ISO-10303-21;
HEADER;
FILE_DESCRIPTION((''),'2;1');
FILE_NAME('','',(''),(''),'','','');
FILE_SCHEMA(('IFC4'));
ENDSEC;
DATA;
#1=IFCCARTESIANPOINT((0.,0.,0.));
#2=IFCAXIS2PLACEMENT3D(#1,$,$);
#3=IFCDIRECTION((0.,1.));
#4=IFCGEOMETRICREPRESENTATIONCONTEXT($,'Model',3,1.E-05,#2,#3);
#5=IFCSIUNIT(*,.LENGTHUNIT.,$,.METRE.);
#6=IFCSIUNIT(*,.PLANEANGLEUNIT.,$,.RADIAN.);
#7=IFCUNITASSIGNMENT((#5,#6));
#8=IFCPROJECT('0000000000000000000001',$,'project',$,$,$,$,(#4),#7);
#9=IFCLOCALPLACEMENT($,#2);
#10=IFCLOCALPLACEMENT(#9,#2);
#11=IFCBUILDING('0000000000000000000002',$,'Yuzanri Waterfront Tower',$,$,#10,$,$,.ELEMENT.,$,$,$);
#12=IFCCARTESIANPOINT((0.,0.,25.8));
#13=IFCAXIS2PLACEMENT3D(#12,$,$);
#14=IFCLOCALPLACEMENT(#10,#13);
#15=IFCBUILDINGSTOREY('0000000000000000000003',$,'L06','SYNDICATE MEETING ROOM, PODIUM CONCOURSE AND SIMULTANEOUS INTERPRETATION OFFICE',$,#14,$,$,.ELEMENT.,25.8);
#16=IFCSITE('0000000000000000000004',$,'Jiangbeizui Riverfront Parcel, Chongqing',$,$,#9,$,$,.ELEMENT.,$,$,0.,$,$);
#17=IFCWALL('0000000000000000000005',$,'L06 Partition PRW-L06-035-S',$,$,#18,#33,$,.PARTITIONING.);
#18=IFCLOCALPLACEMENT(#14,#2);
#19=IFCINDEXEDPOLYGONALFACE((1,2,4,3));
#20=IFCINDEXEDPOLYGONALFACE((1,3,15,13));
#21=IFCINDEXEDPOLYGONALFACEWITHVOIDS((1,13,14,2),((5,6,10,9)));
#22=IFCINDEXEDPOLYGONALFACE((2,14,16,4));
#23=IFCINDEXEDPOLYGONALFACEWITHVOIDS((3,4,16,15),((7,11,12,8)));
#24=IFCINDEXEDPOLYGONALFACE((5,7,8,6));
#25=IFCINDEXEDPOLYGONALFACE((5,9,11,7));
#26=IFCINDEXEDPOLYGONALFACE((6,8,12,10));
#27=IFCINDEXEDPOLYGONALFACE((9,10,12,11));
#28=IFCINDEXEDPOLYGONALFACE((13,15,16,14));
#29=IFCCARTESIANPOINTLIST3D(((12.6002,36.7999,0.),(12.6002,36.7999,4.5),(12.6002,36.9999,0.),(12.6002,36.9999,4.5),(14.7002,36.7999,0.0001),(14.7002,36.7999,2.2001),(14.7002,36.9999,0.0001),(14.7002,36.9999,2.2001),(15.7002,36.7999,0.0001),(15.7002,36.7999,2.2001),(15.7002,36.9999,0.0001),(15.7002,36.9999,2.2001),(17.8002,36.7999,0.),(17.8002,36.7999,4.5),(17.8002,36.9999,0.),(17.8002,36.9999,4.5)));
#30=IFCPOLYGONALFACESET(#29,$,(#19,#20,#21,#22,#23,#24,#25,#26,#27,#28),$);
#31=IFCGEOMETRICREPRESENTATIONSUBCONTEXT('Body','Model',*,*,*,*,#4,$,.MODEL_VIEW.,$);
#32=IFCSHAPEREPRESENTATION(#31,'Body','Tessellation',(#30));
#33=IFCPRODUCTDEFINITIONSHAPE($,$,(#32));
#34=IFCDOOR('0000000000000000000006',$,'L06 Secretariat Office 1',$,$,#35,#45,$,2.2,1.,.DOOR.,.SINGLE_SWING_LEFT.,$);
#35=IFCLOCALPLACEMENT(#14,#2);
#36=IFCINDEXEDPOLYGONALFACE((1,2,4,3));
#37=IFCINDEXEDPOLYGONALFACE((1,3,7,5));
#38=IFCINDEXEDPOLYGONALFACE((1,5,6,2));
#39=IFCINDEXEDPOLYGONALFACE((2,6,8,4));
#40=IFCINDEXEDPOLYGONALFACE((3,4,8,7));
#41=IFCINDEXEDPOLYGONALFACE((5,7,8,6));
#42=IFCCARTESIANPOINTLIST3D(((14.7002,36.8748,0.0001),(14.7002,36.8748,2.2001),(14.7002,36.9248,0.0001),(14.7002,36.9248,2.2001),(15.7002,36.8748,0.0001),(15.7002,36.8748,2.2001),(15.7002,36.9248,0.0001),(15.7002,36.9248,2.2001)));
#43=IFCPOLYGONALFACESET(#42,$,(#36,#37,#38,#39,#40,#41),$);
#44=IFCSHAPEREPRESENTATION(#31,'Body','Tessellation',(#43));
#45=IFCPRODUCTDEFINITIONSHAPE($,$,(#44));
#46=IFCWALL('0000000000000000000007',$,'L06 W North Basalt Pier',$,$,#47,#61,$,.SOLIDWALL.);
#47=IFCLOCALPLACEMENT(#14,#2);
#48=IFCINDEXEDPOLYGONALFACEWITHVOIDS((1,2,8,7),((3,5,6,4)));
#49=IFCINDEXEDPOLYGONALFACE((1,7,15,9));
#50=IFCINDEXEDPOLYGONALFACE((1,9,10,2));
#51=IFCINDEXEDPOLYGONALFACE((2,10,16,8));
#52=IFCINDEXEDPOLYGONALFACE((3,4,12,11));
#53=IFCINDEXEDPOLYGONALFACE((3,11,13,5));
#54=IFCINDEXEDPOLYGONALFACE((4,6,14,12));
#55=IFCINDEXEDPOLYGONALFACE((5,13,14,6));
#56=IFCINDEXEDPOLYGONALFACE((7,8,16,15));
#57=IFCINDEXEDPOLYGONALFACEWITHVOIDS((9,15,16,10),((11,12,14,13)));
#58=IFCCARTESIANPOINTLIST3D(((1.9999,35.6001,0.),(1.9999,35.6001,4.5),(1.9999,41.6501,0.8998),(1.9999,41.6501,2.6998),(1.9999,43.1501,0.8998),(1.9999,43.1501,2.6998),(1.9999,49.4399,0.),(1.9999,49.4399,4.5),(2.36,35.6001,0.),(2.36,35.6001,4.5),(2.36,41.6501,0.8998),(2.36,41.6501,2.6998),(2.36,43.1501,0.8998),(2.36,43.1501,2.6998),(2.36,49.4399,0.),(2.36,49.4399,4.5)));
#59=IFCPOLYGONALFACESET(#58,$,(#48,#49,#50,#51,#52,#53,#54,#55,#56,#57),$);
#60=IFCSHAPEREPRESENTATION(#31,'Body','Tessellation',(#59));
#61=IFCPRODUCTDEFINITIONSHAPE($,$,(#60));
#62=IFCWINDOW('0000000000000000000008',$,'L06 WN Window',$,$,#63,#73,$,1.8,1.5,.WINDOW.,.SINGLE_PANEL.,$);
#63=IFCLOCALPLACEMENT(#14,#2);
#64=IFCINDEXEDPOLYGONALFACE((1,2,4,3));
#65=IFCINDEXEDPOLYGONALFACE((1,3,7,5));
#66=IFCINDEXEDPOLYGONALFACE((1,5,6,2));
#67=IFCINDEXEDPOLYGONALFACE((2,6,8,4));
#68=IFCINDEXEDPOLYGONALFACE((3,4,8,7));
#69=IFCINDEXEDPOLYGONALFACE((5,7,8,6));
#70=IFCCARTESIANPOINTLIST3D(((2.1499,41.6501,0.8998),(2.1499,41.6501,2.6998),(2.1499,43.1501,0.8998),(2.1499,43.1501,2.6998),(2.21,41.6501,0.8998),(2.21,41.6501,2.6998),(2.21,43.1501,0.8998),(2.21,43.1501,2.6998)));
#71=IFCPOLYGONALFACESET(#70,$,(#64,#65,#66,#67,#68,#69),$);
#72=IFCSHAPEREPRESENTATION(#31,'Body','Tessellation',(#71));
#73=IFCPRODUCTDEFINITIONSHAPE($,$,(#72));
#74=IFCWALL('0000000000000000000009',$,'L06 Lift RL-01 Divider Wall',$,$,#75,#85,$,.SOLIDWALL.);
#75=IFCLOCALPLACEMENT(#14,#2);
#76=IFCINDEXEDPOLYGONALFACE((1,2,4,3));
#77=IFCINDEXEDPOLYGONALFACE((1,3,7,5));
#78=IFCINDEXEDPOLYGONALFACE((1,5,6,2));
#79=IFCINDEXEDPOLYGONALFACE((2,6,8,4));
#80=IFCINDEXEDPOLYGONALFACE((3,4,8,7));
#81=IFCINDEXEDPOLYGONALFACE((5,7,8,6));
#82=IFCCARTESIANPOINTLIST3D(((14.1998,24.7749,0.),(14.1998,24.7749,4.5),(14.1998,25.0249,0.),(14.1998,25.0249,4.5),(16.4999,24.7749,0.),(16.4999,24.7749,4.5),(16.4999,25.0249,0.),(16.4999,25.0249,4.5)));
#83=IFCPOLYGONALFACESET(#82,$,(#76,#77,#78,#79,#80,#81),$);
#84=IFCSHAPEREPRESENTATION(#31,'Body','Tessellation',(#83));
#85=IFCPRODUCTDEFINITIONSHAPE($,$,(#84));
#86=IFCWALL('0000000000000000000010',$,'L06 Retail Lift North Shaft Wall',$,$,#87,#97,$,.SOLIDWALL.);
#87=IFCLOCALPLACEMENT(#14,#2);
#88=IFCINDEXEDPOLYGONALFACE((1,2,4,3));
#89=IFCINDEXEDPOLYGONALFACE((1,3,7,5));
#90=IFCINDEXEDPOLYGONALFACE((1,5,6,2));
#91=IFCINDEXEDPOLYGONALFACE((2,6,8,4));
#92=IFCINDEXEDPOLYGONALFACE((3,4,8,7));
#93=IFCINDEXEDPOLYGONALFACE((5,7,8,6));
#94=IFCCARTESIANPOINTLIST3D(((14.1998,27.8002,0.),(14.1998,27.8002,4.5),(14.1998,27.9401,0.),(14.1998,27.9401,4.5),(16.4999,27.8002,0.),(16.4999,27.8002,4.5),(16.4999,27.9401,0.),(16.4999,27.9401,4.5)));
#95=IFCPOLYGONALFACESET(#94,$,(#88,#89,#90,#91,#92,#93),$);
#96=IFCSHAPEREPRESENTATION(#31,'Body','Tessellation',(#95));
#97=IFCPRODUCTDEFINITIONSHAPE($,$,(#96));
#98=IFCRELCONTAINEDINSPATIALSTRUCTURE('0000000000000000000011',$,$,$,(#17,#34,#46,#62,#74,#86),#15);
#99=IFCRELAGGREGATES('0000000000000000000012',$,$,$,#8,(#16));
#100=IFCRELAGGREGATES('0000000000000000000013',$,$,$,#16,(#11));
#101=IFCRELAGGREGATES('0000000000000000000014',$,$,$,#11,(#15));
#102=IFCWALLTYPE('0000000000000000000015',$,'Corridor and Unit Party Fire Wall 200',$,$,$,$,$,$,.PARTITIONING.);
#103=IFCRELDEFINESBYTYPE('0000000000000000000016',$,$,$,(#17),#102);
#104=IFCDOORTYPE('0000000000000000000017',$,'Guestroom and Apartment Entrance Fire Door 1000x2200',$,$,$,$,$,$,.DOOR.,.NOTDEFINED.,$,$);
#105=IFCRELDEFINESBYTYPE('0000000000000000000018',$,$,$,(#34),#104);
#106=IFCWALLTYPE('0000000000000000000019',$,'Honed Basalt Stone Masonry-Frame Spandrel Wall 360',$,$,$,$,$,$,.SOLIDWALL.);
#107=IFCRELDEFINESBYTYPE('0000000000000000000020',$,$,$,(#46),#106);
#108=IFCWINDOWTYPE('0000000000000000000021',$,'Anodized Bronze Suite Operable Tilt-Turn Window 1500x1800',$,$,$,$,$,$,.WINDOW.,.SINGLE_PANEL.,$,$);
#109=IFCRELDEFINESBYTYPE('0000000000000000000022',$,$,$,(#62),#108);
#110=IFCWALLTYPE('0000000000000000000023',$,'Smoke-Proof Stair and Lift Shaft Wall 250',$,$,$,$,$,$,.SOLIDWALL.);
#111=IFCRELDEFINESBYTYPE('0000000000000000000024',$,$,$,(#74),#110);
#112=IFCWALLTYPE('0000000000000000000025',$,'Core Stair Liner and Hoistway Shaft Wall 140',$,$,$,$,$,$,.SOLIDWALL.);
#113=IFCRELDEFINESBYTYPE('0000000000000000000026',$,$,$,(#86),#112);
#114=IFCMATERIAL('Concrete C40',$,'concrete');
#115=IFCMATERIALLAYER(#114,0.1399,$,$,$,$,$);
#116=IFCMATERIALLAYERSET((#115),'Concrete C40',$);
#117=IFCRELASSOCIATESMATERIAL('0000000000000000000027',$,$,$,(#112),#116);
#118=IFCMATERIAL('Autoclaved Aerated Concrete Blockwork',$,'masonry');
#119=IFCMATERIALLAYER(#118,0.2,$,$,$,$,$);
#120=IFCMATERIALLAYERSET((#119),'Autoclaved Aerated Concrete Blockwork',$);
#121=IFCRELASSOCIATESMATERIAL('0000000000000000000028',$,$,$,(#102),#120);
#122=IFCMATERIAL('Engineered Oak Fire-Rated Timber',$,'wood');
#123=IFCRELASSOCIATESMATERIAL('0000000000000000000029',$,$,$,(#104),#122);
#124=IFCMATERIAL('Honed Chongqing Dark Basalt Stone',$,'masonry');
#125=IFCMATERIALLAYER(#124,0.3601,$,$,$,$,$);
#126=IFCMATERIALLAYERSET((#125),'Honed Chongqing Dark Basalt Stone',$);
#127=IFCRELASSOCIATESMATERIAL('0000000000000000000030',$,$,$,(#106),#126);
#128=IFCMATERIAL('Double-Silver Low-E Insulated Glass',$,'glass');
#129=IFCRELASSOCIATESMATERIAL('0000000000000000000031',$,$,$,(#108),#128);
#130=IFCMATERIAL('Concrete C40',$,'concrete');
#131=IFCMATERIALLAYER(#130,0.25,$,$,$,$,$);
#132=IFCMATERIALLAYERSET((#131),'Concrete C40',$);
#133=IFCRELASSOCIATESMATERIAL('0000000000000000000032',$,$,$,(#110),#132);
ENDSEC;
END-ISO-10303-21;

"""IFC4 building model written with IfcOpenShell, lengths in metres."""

from ifc_helpers import new_model, si_unit, direction, frame, frame_2d, origin, place, context, subcontext, project, spatial, rectangle, extrude, source, transform, mapped, material, layer, layer_set, type_object, element, fill, save


model = new_model("IFC4")

# Units and contexts
model_context = context("Model", 3, precision=1e-05, world=origin(), true_north=direction((0.0, 1.0)))
body_context = subcontext(model_context, "Body", "Model", "MODEL_VIEW")
ifc_project = project(units=[si_unit("LENGTHUNIT", "METRE"), si_unit("PLANEANGLEUNIT", "RADIAN")], contexts=[model_context])

# Site, building, storey
site_placement = place(None, origin())
site = spatial("IfcSite", under=ifc_project, at=site_placement, Name="Jiangbeizui Riverfront Parcel, Chongqing", CompositionType="ELEMENT", RefElevation=0.0)
building_placement = place(site_placement, origin())
building = spatial("IfcBuilding", under=site, at=building_placement, Name="Yuzanri Waterfront Tower", CompositionType="ELEMENT")
storey_placement = place(building_placement, frame((0.0, 0.0, 25.8)))
storey = spatial("IfcBuildingStorey", under=building, at=storey_placement, Name="L06", Description="SYNDICATE MEETING ROOM, PODIUM CONCOURSE AND SIMULTANEOUS INTERPRETATION OFFICE", CompositionType="ELEMENT", Elevation=25.8)

# Wall, opening, door
ifc_material_1 = material(Name="Concrete C40", Category="concrete")
ifc_layer_1 = layer(ifc_material_1, 0.1399)
ifc_layer_set_1 = layer_set([ifc_layer_1], Name="Concrete C40")
wall_type_1 = type_object("IfcWallType", Name="Core Stair Liner and Hoistway Shaft Wall 140", PredefinedType="SOLIDWALL", material=ifc_layer_set_1)
ifc_material_2 = material(Name="Autoclaved Aerated Concrete Blockwork", Category="masonry")
ifc_layer_2 = layer(ifc_material_2, 0.2)
ifc_layer_set_2 = layer_set([ifc_layer_2], Name="Autoclaved Aerated Concrete Blockwork")
wall_type_2 = type_object("IfcWallType", Name="Corridor and Unit Party Fire Wall 200", PredefinedType="PARTITIONING", material=ifc_layer_set_2)
ifc_material_3 = material(Name="Engineered Oak Fire-Rated Timber", Category="wood")
door_type_1 = type_object("IfcDoorType", Name="Guestroom and Apartment Entrance Fire Door 1000x2200", OperationType="NOTDEFINED", PredefinedType="DOOR", material=ifc_material_3)
shared_shape_1 = source(origin(), body_context, "Body", "SweptSolid", [
    extrude(rectangle(XDim=1.0, YDim=2.2, at=frame_2d((0.5, 1.1001))), frame((0.0, 0.0249, 0.0), z_axis=(0.0, -1.0, 0.0), x_axis=(1.0, 0.0, 0.0)), (0.0, 0.0, 1.0), 0.05),
])
wall_1_placement = place(storey_placement, frame((12.6001, 36.8999, 0.0), z_axis=(0.0, 0.0, 1.0), x_axis=(1.0, 0.0, 0.0)))
wall_1 = element("IfcWall", 1, at=wall_1_placement, inside=storey, type_object=wall_type_2, Name="L06 Partition PRW-L06-035-S", PredefinedType="PARTITIONING", context=body_context, shape_type="SweptSolid", body=[
    extrude(rectangle(XDim=5.2, YDim=0.2, at=frame_2d((2.6001, 0.0))), origin(), (0.0, 0.0, 1.0), 4.5),
])
opening_1_placement = place(wall_1_placement, frame((2.1001, 0.0, 0.0)))
opening_1 = element("IfcOpeningElement", 2, at=opening_1_placement, cuts=wall_1, PredefinedType="OPENING", context=body_context, shape_type="SweptSolid", body=[
    extrude(rectangle(XDim=1.0, YDim=2.2, at=frame_2d((0.5, 1.1001))), frame((0.0, 0.1147, 0.0), z_axis=(0.0, -1.0, 0.0), x_axis=(1.0, 0.0, 0.0)), (0.0, 0.0, 1.0), 0.2297),
])
door_1_placement = place(opening_1_placement, origin())
door_1 = element("IfcDoor", 3, at=door_1_placement, inside=storey, type_object=door_type_1, Name="L06 Secretariat Office 1", OperationType="SINGLE_SWING_LEFT", OverallHeight=2.2, OverallWidth=1.0, PredefinedType="DOOR", context=body_context, shape_type="MappedRepresentation", body=[
    mapped(shared_shape_1, transform((0.0, 0.0, 0.0), scale=1.0)),
])
fill(opening_1, door_1)

# Wall, opening, window
ifc_material_4 = material(Name="Honed Chongqing Dark Basalt Stone", Category="masonry")
ifc_layer_3 = layer(ifc_material_4, 0.3601)
ifc_layer_set_3 = layer_set([ifc_layer_3], Name="Honed Chongqing Dark Basalt Stone")
wall_type_3 = type_object("IfcWallType", Name="Honed Basalt Stone Masonry-Frame Spandrel Wall 360", PredefinedType="SOLIDWALL", material=ifc_layer_set_3)
wall_2_placement = place(storey_placement, frame((2.1799, 35.6001, 0.0), z_axis=(0.0, 0.0, 1.0), x_axis=(0.0, 1.0, 0.0)))
wall_2 = element("IfcWall", 4, at=wall_2_placement, inside=storey, type_object=wall_type_3, Name="L06 W North Basalt Pier", PredefinedType="SOLIDWALL", context=body_context, shape_type="SweptSolid", body=[
    extrude(rectangle(XDim=13.8398, YDim=0.3601, at=frame_2d((6.9199, 0.0))), origin(), (0.0, 0.0, 1.0), 4.5),
])
opening_2_placement = place(wall_2_placement, frame((6.05, 0.0, 0.8999)))
opening_2 = element("IfcOpeningElement", 5, at=opening_2_placement, cuts=wall_2, PredefinedType="OPENING", context=body_context, shape_type="SweptSolid", body=[
    extrude(rectangle(XDim=1.5, YDim=1.8, at=frame_2d((0.75, 0.8999))), frame((0.0, 0.1948, 0.0), z_axis=(0.0, -1.0, 0.0), x_axis=(1.0, 0.0, 0.0)), (0.0, 0.0, 1.0), 0.3899),
])
ifc_material_5 = material(Name="Double-Silver Low-E Insulated Glass", Category="glass")
window_type = type_object("IfcWindowType", Name="Anodized Bronze Suite Operable Tilt-Turn Window 1500x1800", PartitioningType="SINGLE_PANEL", PredefinedType="WINDOW", material=ifc_material_5)
shared_shape_2 = source(origin(), body_context, "Body", "SweptSolid", [
    extrude(rectangle(XDim=1.5, YDim=1.8, at=frame_2d((0.75, 0.8999))), frame((0.0, 0.03, 0.0), z_axis=(0.0, -1.0, 0.0), x_axis=(1.0, 0.0, 0.0)), (0.0, 0.0, 1.0), 0.0601),
])
window_placement = place(opening_2_placement, origin())
window = element("IfcWindow", 6, at=window_placement, inside=storey, type_object=window_type, Name="L06 WN Window", OverallHeight=1.8, OverallWidth=1.5, PartitioningType="SINGLE_PANEL", PredefinedType="WINDOW", context=body_context, shape_type="MappedRepresentation", body=[
    mapped(shared_shape_2, transform((0.0, 0.0, 0.0), scale=1.0)),
])
fill(opening_2, window)

# Walls
ifc_material_6 = material(Name="Concrete C40", Category="concrete")
ifc_layer_4 = layer(ifc_material_6, 0.25)
ifc_layer_set_4 = layer_set([ifc_layer_4], Name="Concrete C40")
wall_type_4 = type_object("IfcWallType", Name="Smoke-Proof Stair and Lift Shaft Wall 250", PredefinedType="SOLIDWALL", material=ifc_layer_set_4)
shared_shape_3 = source(origin(), body_context, "Body", "SweptSolid", [
    extrude(rectangle(XDim=2.3, YDim=0.25, at=frame_2d((1.1499, 0.0))), origin(), (0.0, 0.0, 1.0), 4.5),
])
wall_3_placement = place(storey_placement, frame((14.2, 24.8999, 0.0), z_axis=(0.0, 0.0, 1.0), x_axis=(1.0, 0.0, 0.0)))
element("IfcWall", 7, at=wall_3_placement, inside=storey, type_object=wall_type_4, Name="L06 Lift RL-01 Divider Wall", PredefinedType="SOLIDWALL", context=body_context, shape_type="MappedRepresentation", body=[
    mapped(shared_shape_3, transform((0.0, 0.0, 0.0), scale=1.0)),
])
shared_shape_4 = source(origin(), body_context, "Body", "SweptSolid", [
    extrude(rectangle(XDim=2.3, YDim=0.1399, at=frame_2d((1.1499, 0.0))), origin(), (0.0, 0.0, 1.0), 4.5),
])
wall_4_placement = place(storey_placement, frame((14.2, 27.8701, 0.0), z_axis=(0.0, 0.0, 1.0), x_axis=(1.0, 0.0, 0.0)))
element("IfcWall", 8, at=wall_4_placement, inside=storey, type_object=wall_type_1, Name="L06 Retail Lift North Shaft Wall", PredefinedType="SOLIDWALL", context=body_context, shape_type="MappedRepresentation", body=[
    mapped(shared_shape_4, transform((0.0, 0.0, 0.0), scale=1.0)),
])

save(model, "model.ifc")
